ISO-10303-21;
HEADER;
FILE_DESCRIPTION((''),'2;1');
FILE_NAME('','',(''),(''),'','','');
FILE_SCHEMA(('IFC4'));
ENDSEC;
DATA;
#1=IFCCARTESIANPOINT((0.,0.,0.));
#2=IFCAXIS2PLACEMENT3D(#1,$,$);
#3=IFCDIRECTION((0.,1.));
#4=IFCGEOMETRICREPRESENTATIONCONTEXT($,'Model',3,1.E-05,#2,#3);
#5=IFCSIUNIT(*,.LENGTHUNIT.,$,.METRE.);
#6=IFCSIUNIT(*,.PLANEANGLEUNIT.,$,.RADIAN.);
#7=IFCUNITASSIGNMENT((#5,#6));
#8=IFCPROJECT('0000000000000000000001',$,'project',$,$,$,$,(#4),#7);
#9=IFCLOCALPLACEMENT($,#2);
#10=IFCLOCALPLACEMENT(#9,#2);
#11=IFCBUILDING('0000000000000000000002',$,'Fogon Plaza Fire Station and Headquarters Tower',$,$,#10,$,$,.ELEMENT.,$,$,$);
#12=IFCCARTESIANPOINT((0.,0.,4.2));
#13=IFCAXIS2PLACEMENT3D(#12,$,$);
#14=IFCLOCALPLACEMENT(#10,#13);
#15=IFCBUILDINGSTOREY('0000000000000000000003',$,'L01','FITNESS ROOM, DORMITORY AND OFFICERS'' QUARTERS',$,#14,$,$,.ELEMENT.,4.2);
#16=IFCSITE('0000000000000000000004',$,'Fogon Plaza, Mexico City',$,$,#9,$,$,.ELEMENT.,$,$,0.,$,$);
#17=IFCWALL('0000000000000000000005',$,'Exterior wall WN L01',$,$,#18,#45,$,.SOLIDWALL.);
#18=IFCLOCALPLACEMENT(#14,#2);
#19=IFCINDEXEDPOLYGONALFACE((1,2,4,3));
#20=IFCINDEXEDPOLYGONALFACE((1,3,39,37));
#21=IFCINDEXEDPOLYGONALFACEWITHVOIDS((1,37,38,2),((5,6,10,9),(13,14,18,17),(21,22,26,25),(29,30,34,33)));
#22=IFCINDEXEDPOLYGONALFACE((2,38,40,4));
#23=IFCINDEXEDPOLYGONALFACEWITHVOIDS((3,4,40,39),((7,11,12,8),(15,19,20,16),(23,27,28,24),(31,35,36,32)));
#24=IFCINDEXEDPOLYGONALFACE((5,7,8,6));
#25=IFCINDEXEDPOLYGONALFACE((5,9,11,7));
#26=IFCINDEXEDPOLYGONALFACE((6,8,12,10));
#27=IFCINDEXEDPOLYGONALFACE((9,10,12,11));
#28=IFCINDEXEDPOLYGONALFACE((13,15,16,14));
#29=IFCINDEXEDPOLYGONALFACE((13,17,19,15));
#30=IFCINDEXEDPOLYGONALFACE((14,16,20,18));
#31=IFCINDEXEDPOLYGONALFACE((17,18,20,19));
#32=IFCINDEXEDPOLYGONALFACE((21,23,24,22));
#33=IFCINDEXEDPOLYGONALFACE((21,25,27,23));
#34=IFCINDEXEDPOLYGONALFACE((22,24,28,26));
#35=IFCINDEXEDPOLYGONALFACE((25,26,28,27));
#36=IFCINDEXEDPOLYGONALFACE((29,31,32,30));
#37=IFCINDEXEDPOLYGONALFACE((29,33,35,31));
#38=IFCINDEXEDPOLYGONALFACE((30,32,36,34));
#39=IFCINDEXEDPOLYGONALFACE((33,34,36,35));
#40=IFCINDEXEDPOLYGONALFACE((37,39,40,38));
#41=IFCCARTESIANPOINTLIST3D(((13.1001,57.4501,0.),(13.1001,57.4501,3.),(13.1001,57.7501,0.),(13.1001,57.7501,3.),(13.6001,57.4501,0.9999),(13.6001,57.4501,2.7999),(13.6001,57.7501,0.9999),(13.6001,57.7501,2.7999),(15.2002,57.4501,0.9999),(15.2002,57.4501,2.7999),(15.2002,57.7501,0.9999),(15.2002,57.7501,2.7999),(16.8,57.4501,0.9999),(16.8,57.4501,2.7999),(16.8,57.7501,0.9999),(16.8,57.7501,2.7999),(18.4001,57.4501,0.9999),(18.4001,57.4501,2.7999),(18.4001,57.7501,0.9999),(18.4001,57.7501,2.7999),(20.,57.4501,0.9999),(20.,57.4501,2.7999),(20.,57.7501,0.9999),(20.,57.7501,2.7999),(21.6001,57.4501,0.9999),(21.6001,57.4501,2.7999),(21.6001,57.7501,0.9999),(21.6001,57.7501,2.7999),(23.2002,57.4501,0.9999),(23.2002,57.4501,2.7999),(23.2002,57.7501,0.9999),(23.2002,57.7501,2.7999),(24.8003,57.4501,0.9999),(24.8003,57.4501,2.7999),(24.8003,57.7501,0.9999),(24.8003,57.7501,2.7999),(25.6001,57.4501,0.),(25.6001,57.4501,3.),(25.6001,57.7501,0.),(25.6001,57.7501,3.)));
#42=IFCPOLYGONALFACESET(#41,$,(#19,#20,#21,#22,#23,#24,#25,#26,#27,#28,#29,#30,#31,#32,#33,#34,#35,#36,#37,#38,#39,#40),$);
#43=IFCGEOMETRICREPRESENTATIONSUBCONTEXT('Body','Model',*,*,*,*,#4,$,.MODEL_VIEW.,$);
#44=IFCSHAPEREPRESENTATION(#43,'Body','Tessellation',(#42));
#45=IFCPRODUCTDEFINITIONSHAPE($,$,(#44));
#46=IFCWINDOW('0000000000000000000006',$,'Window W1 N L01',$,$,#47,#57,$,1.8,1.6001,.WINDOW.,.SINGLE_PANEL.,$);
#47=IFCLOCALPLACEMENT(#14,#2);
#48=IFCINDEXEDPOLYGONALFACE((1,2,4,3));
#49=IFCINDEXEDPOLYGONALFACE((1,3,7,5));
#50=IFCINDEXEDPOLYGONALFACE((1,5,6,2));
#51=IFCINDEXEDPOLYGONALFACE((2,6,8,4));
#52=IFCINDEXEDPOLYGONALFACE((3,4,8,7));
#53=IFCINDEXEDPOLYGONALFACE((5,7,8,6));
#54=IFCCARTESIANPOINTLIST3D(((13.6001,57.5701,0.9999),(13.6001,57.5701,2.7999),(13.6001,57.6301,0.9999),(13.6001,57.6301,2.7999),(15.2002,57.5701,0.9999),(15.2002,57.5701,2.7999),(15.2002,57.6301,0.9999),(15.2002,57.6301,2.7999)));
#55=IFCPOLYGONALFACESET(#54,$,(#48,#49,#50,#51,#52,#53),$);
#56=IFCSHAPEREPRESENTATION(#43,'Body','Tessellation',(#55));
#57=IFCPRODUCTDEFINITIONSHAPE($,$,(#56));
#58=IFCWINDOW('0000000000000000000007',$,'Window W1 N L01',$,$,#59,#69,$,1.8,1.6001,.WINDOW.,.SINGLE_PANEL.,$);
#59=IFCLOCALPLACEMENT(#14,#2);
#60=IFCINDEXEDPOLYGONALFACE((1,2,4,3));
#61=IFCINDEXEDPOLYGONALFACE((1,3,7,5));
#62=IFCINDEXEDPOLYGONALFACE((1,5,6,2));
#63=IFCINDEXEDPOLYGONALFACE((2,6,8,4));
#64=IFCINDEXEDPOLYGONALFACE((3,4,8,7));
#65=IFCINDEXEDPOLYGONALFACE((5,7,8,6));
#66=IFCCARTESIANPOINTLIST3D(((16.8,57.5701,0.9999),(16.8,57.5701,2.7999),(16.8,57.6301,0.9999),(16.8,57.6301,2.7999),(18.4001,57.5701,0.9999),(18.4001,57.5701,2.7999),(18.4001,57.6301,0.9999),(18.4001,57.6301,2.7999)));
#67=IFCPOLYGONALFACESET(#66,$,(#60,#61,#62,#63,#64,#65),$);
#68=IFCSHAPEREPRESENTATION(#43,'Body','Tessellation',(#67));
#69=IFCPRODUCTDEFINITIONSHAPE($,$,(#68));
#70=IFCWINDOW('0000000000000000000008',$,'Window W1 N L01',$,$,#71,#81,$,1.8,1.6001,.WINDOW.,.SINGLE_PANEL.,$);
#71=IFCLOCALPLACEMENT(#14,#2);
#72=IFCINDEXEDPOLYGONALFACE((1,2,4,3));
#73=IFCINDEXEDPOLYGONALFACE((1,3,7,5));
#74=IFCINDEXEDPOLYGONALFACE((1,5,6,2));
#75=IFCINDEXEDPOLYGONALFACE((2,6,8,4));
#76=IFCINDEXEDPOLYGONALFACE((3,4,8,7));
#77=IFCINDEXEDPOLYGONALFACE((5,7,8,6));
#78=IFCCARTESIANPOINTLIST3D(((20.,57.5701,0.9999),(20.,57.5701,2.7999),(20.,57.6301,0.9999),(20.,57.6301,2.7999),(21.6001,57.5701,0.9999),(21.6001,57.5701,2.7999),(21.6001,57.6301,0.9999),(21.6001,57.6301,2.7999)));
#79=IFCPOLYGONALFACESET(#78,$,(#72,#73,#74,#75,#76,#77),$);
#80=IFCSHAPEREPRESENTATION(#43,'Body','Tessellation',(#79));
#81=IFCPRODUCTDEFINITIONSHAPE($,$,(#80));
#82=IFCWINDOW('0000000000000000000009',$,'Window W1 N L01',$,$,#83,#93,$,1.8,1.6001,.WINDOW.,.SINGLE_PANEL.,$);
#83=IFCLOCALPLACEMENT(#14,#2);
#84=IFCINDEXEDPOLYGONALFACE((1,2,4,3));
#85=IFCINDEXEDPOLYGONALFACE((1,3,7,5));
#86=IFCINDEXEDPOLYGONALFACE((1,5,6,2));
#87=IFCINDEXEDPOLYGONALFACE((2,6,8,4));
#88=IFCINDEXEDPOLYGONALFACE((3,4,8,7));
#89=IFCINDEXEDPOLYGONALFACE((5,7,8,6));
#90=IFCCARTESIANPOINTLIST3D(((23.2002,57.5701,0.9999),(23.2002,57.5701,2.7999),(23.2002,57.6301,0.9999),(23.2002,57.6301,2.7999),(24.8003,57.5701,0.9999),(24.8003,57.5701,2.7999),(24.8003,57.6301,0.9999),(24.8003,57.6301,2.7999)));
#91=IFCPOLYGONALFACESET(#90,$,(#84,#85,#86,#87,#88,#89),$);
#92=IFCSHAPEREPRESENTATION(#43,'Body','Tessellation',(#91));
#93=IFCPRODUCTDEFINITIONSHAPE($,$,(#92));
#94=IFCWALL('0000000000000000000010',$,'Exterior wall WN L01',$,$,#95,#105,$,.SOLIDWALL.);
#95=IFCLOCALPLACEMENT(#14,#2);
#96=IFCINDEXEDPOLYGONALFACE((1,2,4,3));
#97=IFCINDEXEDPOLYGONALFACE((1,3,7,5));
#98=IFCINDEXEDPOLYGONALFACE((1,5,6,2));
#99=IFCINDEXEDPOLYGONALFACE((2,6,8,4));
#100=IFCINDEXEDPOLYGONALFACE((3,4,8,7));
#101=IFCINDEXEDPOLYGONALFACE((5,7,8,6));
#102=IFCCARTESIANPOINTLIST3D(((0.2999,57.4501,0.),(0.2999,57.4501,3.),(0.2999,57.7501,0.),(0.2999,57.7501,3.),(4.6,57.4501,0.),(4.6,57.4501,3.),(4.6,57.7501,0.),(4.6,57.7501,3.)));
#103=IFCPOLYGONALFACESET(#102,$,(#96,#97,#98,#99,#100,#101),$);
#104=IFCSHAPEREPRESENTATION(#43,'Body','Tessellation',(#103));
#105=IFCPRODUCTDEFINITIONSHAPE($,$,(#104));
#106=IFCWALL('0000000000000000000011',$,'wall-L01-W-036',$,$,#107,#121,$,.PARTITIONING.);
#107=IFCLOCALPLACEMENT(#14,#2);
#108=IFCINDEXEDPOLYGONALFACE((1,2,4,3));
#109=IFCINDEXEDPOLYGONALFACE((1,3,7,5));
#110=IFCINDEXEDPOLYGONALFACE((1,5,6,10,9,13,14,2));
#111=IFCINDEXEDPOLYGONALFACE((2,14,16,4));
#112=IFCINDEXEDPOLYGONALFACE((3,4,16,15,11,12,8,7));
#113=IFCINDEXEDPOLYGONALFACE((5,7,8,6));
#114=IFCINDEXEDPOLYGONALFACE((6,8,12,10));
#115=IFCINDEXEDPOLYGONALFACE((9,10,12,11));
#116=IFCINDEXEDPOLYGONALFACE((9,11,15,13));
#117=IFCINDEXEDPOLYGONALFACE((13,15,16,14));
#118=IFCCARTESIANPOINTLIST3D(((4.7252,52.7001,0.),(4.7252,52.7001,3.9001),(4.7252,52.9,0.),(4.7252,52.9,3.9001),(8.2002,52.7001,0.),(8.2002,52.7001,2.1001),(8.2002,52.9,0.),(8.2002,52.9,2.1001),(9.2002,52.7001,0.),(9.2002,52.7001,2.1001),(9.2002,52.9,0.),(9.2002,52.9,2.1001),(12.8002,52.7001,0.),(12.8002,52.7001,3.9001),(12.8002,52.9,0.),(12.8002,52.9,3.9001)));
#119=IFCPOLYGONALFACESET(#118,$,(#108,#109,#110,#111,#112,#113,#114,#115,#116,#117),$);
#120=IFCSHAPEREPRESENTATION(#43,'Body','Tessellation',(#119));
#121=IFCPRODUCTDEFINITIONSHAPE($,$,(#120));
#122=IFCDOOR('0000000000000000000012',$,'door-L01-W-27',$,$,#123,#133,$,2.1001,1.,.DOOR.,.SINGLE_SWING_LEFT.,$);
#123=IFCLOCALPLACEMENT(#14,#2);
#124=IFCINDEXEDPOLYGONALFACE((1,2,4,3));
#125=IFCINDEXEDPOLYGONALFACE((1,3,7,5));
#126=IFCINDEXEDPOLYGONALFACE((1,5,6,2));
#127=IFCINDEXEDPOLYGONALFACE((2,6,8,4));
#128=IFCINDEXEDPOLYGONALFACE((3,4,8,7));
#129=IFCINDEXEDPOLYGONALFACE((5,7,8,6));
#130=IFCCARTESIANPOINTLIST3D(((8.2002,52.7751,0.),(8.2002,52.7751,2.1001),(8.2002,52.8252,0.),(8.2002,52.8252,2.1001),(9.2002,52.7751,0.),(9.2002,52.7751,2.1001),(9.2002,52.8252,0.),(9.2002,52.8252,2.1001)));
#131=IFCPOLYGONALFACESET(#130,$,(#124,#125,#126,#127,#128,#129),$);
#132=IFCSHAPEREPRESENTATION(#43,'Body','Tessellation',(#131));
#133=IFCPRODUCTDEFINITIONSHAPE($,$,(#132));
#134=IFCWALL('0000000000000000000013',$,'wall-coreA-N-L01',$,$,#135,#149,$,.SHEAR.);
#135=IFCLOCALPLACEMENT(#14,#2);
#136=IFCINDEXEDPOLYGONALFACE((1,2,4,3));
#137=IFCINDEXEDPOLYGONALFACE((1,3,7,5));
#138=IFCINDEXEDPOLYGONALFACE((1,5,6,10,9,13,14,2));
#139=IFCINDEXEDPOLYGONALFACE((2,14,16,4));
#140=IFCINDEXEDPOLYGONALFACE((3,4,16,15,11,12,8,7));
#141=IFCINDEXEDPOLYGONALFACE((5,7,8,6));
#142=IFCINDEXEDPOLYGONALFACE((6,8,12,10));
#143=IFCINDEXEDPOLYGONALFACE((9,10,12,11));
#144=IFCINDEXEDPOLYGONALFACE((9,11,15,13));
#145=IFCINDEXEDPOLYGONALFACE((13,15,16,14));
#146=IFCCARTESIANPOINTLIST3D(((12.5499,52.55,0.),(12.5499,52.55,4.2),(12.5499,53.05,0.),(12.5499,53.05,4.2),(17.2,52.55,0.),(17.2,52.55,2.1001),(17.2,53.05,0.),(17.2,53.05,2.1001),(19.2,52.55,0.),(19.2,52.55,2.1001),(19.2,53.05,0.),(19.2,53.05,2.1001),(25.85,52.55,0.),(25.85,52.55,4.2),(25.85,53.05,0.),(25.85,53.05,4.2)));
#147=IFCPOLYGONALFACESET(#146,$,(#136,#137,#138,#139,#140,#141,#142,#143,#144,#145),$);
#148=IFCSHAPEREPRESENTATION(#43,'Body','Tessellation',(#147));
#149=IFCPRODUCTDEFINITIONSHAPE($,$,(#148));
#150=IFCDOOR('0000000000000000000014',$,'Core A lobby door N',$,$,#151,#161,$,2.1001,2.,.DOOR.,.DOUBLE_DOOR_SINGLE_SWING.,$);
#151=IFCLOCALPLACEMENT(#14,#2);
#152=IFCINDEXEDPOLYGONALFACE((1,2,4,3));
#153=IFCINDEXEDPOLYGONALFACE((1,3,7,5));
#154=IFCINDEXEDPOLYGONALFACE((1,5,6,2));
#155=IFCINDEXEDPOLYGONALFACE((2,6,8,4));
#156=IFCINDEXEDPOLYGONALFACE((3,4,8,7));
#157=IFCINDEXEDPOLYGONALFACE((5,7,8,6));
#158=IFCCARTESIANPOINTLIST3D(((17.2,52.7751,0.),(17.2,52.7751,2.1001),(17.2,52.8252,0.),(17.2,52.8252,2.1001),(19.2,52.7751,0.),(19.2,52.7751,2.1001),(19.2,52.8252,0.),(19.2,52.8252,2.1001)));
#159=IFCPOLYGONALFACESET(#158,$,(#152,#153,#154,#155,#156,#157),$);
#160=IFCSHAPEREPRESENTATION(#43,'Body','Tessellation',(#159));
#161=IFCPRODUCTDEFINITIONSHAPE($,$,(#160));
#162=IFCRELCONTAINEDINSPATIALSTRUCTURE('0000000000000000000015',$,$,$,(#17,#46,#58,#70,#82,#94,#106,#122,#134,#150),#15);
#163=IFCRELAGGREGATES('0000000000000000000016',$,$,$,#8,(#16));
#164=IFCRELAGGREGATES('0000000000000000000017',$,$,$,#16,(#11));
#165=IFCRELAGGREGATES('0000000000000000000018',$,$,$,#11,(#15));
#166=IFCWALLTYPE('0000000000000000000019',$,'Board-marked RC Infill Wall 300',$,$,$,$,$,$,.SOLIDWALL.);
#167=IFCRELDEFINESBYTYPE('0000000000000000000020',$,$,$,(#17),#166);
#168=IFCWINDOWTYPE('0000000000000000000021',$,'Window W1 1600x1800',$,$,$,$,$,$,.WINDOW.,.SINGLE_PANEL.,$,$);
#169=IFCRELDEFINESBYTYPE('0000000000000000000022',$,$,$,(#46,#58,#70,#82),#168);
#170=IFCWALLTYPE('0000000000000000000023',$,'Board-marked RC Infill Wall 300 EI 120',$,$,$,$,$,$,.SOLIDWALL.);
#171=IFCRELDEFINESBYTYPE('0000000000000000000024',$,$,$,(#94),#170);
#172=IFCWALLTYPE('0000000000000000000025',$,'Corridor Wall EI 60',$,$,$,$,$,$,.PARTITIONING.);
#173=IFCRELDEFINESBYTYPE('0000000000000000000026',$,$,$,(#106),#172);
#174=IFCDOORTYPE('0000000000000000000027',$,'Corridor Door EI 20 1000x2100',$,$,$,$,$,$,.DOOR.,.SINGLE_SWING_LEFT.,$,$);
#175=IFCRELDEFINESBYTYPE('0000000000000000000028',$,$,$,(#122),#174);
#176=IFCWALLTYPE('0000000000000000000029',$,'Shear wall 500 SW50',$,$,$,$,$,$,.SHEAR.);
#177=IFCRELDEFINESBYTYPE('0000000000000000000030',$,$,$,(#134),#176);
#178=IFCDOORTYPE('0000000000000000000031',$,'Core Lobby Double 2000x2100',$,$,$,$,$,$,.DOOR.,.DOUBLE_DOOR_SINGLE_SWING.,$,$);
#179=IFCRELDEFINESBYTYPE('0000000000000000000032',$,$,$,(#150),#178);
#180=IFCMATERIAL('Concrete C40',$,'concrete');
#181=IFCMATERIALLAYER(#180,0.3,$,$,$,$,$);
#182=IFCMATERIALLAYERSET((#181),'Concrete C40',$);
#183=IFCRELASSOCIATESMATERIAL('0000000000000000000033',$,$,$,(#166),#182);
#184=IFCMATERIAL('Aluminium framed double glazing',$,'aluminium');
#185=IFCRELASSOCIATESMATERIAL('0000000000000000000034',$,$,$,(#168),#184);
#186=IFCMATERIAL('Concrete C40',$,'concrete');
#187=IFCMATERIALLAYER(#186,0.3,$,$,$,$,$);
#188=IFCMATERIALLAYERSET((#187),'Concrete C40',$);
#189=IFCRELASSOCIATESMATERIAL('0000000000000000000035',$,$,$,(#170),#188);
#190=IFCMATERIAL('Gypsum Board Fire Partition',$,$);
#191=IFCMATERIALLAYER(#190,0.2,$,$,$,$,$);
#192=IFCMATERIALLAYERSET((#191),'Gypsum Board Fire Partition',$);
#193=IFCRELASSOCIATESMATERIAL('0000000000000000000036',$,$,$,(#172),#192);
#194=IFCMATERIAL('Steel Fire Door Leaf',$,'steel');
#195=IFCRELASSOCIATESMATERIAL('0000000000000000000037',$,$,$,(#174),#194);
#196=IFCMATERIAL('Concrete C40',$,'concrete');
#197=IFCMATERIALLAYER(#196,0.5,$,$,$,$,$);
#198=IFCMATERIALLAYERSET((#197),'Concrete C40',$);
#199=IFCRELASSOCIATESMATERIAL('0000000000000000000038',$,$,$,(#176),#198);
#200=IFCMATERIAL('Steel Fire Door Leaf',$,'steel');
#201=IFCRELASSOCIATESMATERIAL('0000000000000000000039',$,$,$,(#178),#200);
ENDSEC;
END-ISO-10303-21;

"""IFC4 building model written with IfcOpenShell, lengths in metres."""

from ifc_helpers import new_model, si_unit, direction, frame, frame_2d, origin, place, context, subcontext, project, spatial, rectangle, extrude, material, layer, layer_set, type_object, element, fill, save


model = new_model("IFC4")

# Units and contexts
model_context = context("Model", 3, precision=1e-05, world=origin(), true_north=direction((0.0, 1.0)))
body_context = subcontext(model_context, "Body", "Model", "MODEL_VIEW")
ifc_project = project(units=[si_unit("LENGTHUNIT", "METRE"), si_unit("PLANEANGLEUNIT", "RADIAN")], contexts=[model_context])

# Site, building, storey
site_placement = place(None, origin())
site = spatial("IfcSite", under=ifc_project, at=site_placement, Name="Fogon Plaza, Mexico City", CompositionType="ELEMENT", RefElevation=0.0)
building_placement = place(site_placement, origin())
building = spatial("IfcBuilding", under=site, at=building_placement, Name="Fogon Plaza Fire Station and Headquarters Tower", CompositionType="ELEMENT")
storey_placement = place(building_placement, frame((0.0, 0.0, 4.2)))
storey = spatial("IfcBuildingStorey", under=building, at=storey_placement, Name="L01", Description="FITNESS ROOM, DORMITORY AND OFFICERS' QUARTERS", CompositionType="ELEMENT", Elevation=4.2)

# Wall, openings, windows
ifc_material_1 = material(Name="Concrete C40", Category="concrete")
ifc_layer_1 = layer(ifc_material_1, 0.3)
ifc_layer_set_1 = layer_set([ifc_layer_1], Name="Concrete C40")
wall_type_1 = type_object("IfcWallType", Name="Board-marked RC Infill Wall 300", PredefinedType="SOLIDWALL", material=ifc_layer_set_1)
ifc_material_2 = material(Name="Aluminium framed double glazing", Category="aluminium")
window_type = type_object("IfcWindowType", Name="Window W1 1600x1800", PartitioningType="SINGLE_PANEL", PredefinedType="WINDOW", material=ifc_material_2)
wall_1_placement = place(storey_placement, frame((13.1001, 57.6001, 0.0), z_axis=(0.0, 0.0, 1.0), x_axis=(1.0, 0.0, 0.0)))
wall_1 = element("IfcWall", 1, at=wall_1_placement, inside=storey, type_object=wall_type_1, Name="Exterior wall WN L01", PredefinedType="SOLIDWALL", context=body_context, shape_type="SweptSolid", body=[
    extrude(rectangle(XDim=12.5, YDim=0.3, at=frame_2d((6.25, 0.0))), origin(), (0.0, 0.0, 1.0), 3.0),
])
opening_1_placement = place(wall_1_placement, frame((0.5, 0.0, 1.0)))
opening_1 = element("IfcOpeningElement", 2, at=opening_1_placement, cuts=wall_1, PredefinedType="OPENING", context=body_context, shape_type="SweptSolid", body=[
    extrude(rectangle(XDim=1.6001, YDim=1.8, at=frame_2d((0.8, 0.8999))), frame((0.0, 0.1599, 0.0), z_axis=(0.0, -1.0, 0.0), x_axis=(1.0, 0.0, 0.0)), (0.0, 0.0, 1.0), 0.3201),
])
opening_2_placement = place(wall_1_placement, frame((3.7, 0.0, 1.0)))
opening_2 = element("IfcOpeningElement", 3, at=opening_2_placement, cuts=wall_1, PredefinedType="OPENING", context=body_context, shape_type="SweptSolid", body=[
    extrude(rectangle(XDim=1.6001, YDim=1.8, at=frame_2d((0.8, 0.8999))), frame((0.0, 0.1599, 0.0), z_axis=(0.0, -1.0, 0.0), x_axis=(1.0, 0.0, 0.0)), (0.0, 0.0, 1.0), 0.3201),
])
opening_3_placement = place(wall_1_placement, frame((6.8999, 0.0, 1.0)))
opening_3 = element("IfcOpeningElement", 4, at=opening_3_placement, cuts=wall_1, PredefinedType="OPENING", context=body_context, shape_type="SweptSolid", body=[
    extrude(rectangle(XDim=1.6001, YDim=1.8, at=frame_2d((0.8, 0.8999))), frame((0.0, 0.1599, 0.0), z_axis=(0.0, -1.0, 0.0), x_axis=(1.0, 0.0, 0.0)), (0.0, 0.0, 1.0), 0.3201),
])
opening_4_placement = place(wall_1_placement, frame((10.1001, 0.0, 1.0)))
opening_4 = element("IfcOpeningElement", 5, at=opening_4_placement, cuts=wall_1, PredefinedType="OPENING", context=body_context, shape_type="SweptSolid", body=[
    extrude(rectangle(XDim=1.6001, YDim=1.8, at=frame_2d((0.8, 0.8999))), frame((0.0, 0.1599, 0.0), z_axis=(0.0, -1.0, 0.0), x_axis=(1.0, 0.0, 0.0)), (0.0, 0.0, 1.0), 0.3201),
])
window_1_placement = place(opening_1_placement, origin())
window_1 = element("IfcWindow", 6, at=window_1_placement, inside=storey, type_object=window_type, Name="Window W1 N L01", OverallHeight=1.8, OverallWidth=1.6001, PartitioningType="SINGLE_PANEL", PredefinedType="WINDOW", context=body_context, shape_type="SweptSolid", body=[
    extrude(rectangle(XDim=1.6001, YDim=1.8, at=frame_2d((0.8, 0.8999))), frame((0.0, 0.03, 0.0), z_axis=(0.0, -1.0, 0.0), x_axis=(1.0, 0.0, 0.0)), (0.0, 0.0, 1.0), 0.0601),
])
fill(opening_1, window_1)
window_2_placement = place(opening_2_placement, origin())
window_2 = element("IfcWindow", 7, at=window_2_placement, inside=storey, type_object=window_type, Name="Window W1 N L01", OverallHeight=1.8, OverallWidth=1.6001, PartitioningType="SINGLE_PANEL", PredefinedType="WINDOW", context=body_context, shape_type="SweptSolid", body=[
    extrude(rectangle(XDim=1.6001, YDim=1.8, at=frame_2d((0.8, 0.8999))), frame((0.0, 0.03, 0.0), z_axis=(0.0, -1.0, 0.0), x_axis=(1.0, 0.0, 0.0)), (0.0, 0.0, 1.0), 0.0601),
])
fill(opening_2, window_2)
window_3_placement = place(opening_3_placement, origin())
window_3 = element("IfcWindow", 8, at=window_3_placement, inside=storey, type_object=window_type, Name="Window W1 N L01", OverallHeight=1.8, OverallWidth=1.6001, PartitioningType="SINGLE_PANEL", PredefinedType="WINDOW", context=body_context, shape_type="SweptSolid", body=[
    extrude(rectangle(XDim=1.6001, YDim=1.8, at=frame_2d((0.8, 0.8999))), frame((0.0, 0.03, 0.0), z_axis=(0.0, -1.0, 0.0), x_axis=(1.0, 0.0, 0.0)), (0.0, 0.0, 1.0), 0.0601),
])
fill(opening_3, window_3)
window_4_placement = place(opening_4_placement, origin())
window_4 = element("IfcWindow", 9, at=window_4_placement, inside=storey, type_object=window_type, Name="Window W1 N L01", OverallHeight=1.8, OverallWidth=1.6001, PartitioningType="SINGLE_PANEL", PredefinedType="WINDOW", context=body_context, shape_type="SweptSolid", body=[
    extrude(rectangle(XDim=1.6001, YDim=1.8, at=frame_2d((0.8, 0.8999))), frame((0.0, 0.03, 0.0), z_axis=(0.0, -1.0, 0.0), x_axis=(1.0, 0.0, 0.0)), (0.0, 0.0, 1.0), 0.0601),
])
fill(opening_4, window_4)

# Wall
ifc_material_3 = material(Name="Concrete C40", Category="concrete")
ifc_layer_2 = layer(ifc_material_3, 0.3)
ifc_layer_set_2 = layer_set([ifc_layer_2], Name="Concrete C40")
wall_type_2 = type_object("IfcWallType", Name="Board-marked RC Infill Wall 300 EI 120", PredefinedType="SOLIDWALL", material=ifc_layer_set_2)
wall_2_placement = place(storey_placement, frame((0.3, 57.6001, 0.0), z_axis=(0.0, 0.0, 1.0), x_axis=(1.0, 0.0, 0.0)))
element("IfcWall", 10, at=wall_2_placement, inside=storey, type_object=wall_type_2, Name="Exterior wall WN L01", PredefinedType="SOLIDWALL", context=body_context, shape_type="SweptSolid", body=[
    extrude(rectangle(XDim=4.3, YDim=0.3, at=frame_2d((2.1499, 0.0))), origin(), (0.0, 0.0, 1.0), 3.0),
])

# Walls, openings, doors
ifc_material_4 = material(Name="Gypsum Board Fire Partition")
ifc_layer_3 = layer(ifc_material_4, 0.2)
ifc_layer_set_3 = layer_set([ifc_layer_3], Name="Gypsum Board Fire Partition")
wall_type_3 = type_object("IfcWallType", Name="Corridor Wall EI 60", PredefinedType="PARTITIONING", material=ifc_layer_set_3)
wall_3_placement = place(storey_placement, frame((4.7251, 52.8, 0.0), z_axis=(0.0, 0.0, 1.0), x_axis=(1.0, 0.0, 0.0)))
wall_3 = element("IfcWall", 11, at=wall_3_placement, inside=storey, type_object=wall_type_3, Name="wall-L01-W-036", PredefinedType="PARTITIONING", context=body_context, shape_type="SweptSolid", body=[
    extrude(rectangle(XDim=8.075, YDim=0.2, at=frame_2d((4.0376, 0.0))), origin(), (0.0, 0.0, 1.0), 3.9001),
])
opening_5_placement = place(wall_3_placement, frame((3.4751, 0.0, 0.0)))
opening_5 = element("IfcOpeningElement", 12, at=opening_5_placement, cuts=wall_3, PredefinedType="OPENING", context=body_context, shape_type="SweptSolid", body=[
    extrude(rectangle(XDim=1.0, YDim=2.1001, at=frame_2d((0.5, 1.05))), frame((0.0, 0.1099, 0.0), z_axis=(0.0, -1.0, 0.0), x_axis=(1.0, 0.0, 0.0)), (0.0, 0.0, 1.0), 0.22),
])
ifc_material_5 = material(Name="Steel Fire Door Leaf", Category="steel")
door_type_1 = type_object("IfcDoorType", Name="Corridor Door EI 20 1000x2100", OperationType="SINGLE_SWING_LEFT", PredefinedType="DOOR", material=ifc_material_5)
door_1_placement = place(opening_5_placement, frame((1.0, 0.0, 0.0), z_axis=(0.0, 0.0, 1.0), x_axis=(-1.0, 0.0, 0.0)))
door_1 = element("IfcDoor", 13, at=door_1_placement, inside=storey, type_object=door_type_1, Name="door-L01-W-27", OperationType="SINGLE_SWING_LEFT", OverallHeight=2.1001, OverallWidth=1.0, PredefinedType="DOOR", context=body_context, shape_type="SweptSolid", body=[
    extrude(rectangle(XDim=1.0, YDim=2.1001, at=frame_2d((0.5, 1.05))), frame((0.0, 0.0249, 0.0), z_axis=(0.0, -1.0, 0.0), x_axis=(1.0, 0.0, 0.0)), (0.0, 0.0, 1.0), 0.05),
])
fill(opening_5, door_1)
ifc_material_6 = material(Name="Concrete C40", Category="concrete")
ifc_layer_4 = layer(ifc_material_6, 0.5)
ifc_layer_set_4 = layer_set([ifc_layer_4], Name="Concrete C40")
wall_type_4 = type_object("IfcWallType", Name="Shear wall 500 SW50", PredefinedType="SHEAR", material=ifc_layer_set_4)
wall_4_placement = place(storey_placement, frame((12.55, 52.8, 0.0), z_axis=(0.0, 0.0, 1.0), x_axis=(1.0, 0.0, 0.0)))
wall_4 = element("IfcWall", 14, at=wall_4_placement, inside=storey, type_object=wall_type_4, Name="wall-coreA-N-L01", PredefinedType="SHEAR", context=body_context, shape_type="SweptSolid", body=[
    extrude(rectangle(XDim=13.3, YDim=0.5, at=frame_2d((6.6499, 0.0))), origin(), (0.0, 0.0, 1.0), 4.2),
])
opening_6_placement = place(wall_4_placement, frame((4.6499, 0.0, 0.0)))
opening_6 = element("IfcOpeningElement", 15, at=opening_6_placement, cuts=wall_4, PredefinedType="OPENING", context=body_context, shape_type="SweptSolid", body=[
    extrude(rectangle(XDim=2.0, YDim=2.1001, at=frame_2d((1.0, 1.05))), frame((0.0, 0.26, 0.0), z_axis=(0.0, -1.0, 0.0), x_axis=(1.0, 0.0, 0.0)), (0.0, 0.0, 1.0), 0.52),
])
ifc_material_7 = material(Name="Steel Fire Door Leaf", Category="steel")
door_type_2 = type_object("IfcDoorType", Name="Core Lobby Double 2000x2100", OperationType="DOUBLE_DOOR_SINGLE_SWING", PredefinedType="DOOR", material=ifc_material_7)
door_2_placement = place(opening_6_placement, frame((2.0, 0.0, 0.0), z_axis=(0.0, 0.0, 1.0), x_axis=(-1.0, 0.0, 0.0)))
door_2 = element("IfcDoor", 16, at=door_2_placement, inside=storey, type_object=door_type_2, Name="Core A lobby door N", OperationType="DOUBLE_DOOR_SINGLE_SWING", OverallHeight=2.1001, OverallWidth=2.0, PredefinedType="DOOR", context=body_context, shape_type="SweptSolid", body=[
    extrude(rectangle(XDim=2.0, YDim=2.1001, at=frame_2d((1.0, 1.05))), frame((0.0, 0.0249, 0.0), z_axis=(0.0, -1.0, 0.0), x_axis=(1.0, 0.0, 0.0)), (0.0, 0.0, 1.0), 0.05),
])
fill(opening_6, door_2)

save(model, "model.ifc")
